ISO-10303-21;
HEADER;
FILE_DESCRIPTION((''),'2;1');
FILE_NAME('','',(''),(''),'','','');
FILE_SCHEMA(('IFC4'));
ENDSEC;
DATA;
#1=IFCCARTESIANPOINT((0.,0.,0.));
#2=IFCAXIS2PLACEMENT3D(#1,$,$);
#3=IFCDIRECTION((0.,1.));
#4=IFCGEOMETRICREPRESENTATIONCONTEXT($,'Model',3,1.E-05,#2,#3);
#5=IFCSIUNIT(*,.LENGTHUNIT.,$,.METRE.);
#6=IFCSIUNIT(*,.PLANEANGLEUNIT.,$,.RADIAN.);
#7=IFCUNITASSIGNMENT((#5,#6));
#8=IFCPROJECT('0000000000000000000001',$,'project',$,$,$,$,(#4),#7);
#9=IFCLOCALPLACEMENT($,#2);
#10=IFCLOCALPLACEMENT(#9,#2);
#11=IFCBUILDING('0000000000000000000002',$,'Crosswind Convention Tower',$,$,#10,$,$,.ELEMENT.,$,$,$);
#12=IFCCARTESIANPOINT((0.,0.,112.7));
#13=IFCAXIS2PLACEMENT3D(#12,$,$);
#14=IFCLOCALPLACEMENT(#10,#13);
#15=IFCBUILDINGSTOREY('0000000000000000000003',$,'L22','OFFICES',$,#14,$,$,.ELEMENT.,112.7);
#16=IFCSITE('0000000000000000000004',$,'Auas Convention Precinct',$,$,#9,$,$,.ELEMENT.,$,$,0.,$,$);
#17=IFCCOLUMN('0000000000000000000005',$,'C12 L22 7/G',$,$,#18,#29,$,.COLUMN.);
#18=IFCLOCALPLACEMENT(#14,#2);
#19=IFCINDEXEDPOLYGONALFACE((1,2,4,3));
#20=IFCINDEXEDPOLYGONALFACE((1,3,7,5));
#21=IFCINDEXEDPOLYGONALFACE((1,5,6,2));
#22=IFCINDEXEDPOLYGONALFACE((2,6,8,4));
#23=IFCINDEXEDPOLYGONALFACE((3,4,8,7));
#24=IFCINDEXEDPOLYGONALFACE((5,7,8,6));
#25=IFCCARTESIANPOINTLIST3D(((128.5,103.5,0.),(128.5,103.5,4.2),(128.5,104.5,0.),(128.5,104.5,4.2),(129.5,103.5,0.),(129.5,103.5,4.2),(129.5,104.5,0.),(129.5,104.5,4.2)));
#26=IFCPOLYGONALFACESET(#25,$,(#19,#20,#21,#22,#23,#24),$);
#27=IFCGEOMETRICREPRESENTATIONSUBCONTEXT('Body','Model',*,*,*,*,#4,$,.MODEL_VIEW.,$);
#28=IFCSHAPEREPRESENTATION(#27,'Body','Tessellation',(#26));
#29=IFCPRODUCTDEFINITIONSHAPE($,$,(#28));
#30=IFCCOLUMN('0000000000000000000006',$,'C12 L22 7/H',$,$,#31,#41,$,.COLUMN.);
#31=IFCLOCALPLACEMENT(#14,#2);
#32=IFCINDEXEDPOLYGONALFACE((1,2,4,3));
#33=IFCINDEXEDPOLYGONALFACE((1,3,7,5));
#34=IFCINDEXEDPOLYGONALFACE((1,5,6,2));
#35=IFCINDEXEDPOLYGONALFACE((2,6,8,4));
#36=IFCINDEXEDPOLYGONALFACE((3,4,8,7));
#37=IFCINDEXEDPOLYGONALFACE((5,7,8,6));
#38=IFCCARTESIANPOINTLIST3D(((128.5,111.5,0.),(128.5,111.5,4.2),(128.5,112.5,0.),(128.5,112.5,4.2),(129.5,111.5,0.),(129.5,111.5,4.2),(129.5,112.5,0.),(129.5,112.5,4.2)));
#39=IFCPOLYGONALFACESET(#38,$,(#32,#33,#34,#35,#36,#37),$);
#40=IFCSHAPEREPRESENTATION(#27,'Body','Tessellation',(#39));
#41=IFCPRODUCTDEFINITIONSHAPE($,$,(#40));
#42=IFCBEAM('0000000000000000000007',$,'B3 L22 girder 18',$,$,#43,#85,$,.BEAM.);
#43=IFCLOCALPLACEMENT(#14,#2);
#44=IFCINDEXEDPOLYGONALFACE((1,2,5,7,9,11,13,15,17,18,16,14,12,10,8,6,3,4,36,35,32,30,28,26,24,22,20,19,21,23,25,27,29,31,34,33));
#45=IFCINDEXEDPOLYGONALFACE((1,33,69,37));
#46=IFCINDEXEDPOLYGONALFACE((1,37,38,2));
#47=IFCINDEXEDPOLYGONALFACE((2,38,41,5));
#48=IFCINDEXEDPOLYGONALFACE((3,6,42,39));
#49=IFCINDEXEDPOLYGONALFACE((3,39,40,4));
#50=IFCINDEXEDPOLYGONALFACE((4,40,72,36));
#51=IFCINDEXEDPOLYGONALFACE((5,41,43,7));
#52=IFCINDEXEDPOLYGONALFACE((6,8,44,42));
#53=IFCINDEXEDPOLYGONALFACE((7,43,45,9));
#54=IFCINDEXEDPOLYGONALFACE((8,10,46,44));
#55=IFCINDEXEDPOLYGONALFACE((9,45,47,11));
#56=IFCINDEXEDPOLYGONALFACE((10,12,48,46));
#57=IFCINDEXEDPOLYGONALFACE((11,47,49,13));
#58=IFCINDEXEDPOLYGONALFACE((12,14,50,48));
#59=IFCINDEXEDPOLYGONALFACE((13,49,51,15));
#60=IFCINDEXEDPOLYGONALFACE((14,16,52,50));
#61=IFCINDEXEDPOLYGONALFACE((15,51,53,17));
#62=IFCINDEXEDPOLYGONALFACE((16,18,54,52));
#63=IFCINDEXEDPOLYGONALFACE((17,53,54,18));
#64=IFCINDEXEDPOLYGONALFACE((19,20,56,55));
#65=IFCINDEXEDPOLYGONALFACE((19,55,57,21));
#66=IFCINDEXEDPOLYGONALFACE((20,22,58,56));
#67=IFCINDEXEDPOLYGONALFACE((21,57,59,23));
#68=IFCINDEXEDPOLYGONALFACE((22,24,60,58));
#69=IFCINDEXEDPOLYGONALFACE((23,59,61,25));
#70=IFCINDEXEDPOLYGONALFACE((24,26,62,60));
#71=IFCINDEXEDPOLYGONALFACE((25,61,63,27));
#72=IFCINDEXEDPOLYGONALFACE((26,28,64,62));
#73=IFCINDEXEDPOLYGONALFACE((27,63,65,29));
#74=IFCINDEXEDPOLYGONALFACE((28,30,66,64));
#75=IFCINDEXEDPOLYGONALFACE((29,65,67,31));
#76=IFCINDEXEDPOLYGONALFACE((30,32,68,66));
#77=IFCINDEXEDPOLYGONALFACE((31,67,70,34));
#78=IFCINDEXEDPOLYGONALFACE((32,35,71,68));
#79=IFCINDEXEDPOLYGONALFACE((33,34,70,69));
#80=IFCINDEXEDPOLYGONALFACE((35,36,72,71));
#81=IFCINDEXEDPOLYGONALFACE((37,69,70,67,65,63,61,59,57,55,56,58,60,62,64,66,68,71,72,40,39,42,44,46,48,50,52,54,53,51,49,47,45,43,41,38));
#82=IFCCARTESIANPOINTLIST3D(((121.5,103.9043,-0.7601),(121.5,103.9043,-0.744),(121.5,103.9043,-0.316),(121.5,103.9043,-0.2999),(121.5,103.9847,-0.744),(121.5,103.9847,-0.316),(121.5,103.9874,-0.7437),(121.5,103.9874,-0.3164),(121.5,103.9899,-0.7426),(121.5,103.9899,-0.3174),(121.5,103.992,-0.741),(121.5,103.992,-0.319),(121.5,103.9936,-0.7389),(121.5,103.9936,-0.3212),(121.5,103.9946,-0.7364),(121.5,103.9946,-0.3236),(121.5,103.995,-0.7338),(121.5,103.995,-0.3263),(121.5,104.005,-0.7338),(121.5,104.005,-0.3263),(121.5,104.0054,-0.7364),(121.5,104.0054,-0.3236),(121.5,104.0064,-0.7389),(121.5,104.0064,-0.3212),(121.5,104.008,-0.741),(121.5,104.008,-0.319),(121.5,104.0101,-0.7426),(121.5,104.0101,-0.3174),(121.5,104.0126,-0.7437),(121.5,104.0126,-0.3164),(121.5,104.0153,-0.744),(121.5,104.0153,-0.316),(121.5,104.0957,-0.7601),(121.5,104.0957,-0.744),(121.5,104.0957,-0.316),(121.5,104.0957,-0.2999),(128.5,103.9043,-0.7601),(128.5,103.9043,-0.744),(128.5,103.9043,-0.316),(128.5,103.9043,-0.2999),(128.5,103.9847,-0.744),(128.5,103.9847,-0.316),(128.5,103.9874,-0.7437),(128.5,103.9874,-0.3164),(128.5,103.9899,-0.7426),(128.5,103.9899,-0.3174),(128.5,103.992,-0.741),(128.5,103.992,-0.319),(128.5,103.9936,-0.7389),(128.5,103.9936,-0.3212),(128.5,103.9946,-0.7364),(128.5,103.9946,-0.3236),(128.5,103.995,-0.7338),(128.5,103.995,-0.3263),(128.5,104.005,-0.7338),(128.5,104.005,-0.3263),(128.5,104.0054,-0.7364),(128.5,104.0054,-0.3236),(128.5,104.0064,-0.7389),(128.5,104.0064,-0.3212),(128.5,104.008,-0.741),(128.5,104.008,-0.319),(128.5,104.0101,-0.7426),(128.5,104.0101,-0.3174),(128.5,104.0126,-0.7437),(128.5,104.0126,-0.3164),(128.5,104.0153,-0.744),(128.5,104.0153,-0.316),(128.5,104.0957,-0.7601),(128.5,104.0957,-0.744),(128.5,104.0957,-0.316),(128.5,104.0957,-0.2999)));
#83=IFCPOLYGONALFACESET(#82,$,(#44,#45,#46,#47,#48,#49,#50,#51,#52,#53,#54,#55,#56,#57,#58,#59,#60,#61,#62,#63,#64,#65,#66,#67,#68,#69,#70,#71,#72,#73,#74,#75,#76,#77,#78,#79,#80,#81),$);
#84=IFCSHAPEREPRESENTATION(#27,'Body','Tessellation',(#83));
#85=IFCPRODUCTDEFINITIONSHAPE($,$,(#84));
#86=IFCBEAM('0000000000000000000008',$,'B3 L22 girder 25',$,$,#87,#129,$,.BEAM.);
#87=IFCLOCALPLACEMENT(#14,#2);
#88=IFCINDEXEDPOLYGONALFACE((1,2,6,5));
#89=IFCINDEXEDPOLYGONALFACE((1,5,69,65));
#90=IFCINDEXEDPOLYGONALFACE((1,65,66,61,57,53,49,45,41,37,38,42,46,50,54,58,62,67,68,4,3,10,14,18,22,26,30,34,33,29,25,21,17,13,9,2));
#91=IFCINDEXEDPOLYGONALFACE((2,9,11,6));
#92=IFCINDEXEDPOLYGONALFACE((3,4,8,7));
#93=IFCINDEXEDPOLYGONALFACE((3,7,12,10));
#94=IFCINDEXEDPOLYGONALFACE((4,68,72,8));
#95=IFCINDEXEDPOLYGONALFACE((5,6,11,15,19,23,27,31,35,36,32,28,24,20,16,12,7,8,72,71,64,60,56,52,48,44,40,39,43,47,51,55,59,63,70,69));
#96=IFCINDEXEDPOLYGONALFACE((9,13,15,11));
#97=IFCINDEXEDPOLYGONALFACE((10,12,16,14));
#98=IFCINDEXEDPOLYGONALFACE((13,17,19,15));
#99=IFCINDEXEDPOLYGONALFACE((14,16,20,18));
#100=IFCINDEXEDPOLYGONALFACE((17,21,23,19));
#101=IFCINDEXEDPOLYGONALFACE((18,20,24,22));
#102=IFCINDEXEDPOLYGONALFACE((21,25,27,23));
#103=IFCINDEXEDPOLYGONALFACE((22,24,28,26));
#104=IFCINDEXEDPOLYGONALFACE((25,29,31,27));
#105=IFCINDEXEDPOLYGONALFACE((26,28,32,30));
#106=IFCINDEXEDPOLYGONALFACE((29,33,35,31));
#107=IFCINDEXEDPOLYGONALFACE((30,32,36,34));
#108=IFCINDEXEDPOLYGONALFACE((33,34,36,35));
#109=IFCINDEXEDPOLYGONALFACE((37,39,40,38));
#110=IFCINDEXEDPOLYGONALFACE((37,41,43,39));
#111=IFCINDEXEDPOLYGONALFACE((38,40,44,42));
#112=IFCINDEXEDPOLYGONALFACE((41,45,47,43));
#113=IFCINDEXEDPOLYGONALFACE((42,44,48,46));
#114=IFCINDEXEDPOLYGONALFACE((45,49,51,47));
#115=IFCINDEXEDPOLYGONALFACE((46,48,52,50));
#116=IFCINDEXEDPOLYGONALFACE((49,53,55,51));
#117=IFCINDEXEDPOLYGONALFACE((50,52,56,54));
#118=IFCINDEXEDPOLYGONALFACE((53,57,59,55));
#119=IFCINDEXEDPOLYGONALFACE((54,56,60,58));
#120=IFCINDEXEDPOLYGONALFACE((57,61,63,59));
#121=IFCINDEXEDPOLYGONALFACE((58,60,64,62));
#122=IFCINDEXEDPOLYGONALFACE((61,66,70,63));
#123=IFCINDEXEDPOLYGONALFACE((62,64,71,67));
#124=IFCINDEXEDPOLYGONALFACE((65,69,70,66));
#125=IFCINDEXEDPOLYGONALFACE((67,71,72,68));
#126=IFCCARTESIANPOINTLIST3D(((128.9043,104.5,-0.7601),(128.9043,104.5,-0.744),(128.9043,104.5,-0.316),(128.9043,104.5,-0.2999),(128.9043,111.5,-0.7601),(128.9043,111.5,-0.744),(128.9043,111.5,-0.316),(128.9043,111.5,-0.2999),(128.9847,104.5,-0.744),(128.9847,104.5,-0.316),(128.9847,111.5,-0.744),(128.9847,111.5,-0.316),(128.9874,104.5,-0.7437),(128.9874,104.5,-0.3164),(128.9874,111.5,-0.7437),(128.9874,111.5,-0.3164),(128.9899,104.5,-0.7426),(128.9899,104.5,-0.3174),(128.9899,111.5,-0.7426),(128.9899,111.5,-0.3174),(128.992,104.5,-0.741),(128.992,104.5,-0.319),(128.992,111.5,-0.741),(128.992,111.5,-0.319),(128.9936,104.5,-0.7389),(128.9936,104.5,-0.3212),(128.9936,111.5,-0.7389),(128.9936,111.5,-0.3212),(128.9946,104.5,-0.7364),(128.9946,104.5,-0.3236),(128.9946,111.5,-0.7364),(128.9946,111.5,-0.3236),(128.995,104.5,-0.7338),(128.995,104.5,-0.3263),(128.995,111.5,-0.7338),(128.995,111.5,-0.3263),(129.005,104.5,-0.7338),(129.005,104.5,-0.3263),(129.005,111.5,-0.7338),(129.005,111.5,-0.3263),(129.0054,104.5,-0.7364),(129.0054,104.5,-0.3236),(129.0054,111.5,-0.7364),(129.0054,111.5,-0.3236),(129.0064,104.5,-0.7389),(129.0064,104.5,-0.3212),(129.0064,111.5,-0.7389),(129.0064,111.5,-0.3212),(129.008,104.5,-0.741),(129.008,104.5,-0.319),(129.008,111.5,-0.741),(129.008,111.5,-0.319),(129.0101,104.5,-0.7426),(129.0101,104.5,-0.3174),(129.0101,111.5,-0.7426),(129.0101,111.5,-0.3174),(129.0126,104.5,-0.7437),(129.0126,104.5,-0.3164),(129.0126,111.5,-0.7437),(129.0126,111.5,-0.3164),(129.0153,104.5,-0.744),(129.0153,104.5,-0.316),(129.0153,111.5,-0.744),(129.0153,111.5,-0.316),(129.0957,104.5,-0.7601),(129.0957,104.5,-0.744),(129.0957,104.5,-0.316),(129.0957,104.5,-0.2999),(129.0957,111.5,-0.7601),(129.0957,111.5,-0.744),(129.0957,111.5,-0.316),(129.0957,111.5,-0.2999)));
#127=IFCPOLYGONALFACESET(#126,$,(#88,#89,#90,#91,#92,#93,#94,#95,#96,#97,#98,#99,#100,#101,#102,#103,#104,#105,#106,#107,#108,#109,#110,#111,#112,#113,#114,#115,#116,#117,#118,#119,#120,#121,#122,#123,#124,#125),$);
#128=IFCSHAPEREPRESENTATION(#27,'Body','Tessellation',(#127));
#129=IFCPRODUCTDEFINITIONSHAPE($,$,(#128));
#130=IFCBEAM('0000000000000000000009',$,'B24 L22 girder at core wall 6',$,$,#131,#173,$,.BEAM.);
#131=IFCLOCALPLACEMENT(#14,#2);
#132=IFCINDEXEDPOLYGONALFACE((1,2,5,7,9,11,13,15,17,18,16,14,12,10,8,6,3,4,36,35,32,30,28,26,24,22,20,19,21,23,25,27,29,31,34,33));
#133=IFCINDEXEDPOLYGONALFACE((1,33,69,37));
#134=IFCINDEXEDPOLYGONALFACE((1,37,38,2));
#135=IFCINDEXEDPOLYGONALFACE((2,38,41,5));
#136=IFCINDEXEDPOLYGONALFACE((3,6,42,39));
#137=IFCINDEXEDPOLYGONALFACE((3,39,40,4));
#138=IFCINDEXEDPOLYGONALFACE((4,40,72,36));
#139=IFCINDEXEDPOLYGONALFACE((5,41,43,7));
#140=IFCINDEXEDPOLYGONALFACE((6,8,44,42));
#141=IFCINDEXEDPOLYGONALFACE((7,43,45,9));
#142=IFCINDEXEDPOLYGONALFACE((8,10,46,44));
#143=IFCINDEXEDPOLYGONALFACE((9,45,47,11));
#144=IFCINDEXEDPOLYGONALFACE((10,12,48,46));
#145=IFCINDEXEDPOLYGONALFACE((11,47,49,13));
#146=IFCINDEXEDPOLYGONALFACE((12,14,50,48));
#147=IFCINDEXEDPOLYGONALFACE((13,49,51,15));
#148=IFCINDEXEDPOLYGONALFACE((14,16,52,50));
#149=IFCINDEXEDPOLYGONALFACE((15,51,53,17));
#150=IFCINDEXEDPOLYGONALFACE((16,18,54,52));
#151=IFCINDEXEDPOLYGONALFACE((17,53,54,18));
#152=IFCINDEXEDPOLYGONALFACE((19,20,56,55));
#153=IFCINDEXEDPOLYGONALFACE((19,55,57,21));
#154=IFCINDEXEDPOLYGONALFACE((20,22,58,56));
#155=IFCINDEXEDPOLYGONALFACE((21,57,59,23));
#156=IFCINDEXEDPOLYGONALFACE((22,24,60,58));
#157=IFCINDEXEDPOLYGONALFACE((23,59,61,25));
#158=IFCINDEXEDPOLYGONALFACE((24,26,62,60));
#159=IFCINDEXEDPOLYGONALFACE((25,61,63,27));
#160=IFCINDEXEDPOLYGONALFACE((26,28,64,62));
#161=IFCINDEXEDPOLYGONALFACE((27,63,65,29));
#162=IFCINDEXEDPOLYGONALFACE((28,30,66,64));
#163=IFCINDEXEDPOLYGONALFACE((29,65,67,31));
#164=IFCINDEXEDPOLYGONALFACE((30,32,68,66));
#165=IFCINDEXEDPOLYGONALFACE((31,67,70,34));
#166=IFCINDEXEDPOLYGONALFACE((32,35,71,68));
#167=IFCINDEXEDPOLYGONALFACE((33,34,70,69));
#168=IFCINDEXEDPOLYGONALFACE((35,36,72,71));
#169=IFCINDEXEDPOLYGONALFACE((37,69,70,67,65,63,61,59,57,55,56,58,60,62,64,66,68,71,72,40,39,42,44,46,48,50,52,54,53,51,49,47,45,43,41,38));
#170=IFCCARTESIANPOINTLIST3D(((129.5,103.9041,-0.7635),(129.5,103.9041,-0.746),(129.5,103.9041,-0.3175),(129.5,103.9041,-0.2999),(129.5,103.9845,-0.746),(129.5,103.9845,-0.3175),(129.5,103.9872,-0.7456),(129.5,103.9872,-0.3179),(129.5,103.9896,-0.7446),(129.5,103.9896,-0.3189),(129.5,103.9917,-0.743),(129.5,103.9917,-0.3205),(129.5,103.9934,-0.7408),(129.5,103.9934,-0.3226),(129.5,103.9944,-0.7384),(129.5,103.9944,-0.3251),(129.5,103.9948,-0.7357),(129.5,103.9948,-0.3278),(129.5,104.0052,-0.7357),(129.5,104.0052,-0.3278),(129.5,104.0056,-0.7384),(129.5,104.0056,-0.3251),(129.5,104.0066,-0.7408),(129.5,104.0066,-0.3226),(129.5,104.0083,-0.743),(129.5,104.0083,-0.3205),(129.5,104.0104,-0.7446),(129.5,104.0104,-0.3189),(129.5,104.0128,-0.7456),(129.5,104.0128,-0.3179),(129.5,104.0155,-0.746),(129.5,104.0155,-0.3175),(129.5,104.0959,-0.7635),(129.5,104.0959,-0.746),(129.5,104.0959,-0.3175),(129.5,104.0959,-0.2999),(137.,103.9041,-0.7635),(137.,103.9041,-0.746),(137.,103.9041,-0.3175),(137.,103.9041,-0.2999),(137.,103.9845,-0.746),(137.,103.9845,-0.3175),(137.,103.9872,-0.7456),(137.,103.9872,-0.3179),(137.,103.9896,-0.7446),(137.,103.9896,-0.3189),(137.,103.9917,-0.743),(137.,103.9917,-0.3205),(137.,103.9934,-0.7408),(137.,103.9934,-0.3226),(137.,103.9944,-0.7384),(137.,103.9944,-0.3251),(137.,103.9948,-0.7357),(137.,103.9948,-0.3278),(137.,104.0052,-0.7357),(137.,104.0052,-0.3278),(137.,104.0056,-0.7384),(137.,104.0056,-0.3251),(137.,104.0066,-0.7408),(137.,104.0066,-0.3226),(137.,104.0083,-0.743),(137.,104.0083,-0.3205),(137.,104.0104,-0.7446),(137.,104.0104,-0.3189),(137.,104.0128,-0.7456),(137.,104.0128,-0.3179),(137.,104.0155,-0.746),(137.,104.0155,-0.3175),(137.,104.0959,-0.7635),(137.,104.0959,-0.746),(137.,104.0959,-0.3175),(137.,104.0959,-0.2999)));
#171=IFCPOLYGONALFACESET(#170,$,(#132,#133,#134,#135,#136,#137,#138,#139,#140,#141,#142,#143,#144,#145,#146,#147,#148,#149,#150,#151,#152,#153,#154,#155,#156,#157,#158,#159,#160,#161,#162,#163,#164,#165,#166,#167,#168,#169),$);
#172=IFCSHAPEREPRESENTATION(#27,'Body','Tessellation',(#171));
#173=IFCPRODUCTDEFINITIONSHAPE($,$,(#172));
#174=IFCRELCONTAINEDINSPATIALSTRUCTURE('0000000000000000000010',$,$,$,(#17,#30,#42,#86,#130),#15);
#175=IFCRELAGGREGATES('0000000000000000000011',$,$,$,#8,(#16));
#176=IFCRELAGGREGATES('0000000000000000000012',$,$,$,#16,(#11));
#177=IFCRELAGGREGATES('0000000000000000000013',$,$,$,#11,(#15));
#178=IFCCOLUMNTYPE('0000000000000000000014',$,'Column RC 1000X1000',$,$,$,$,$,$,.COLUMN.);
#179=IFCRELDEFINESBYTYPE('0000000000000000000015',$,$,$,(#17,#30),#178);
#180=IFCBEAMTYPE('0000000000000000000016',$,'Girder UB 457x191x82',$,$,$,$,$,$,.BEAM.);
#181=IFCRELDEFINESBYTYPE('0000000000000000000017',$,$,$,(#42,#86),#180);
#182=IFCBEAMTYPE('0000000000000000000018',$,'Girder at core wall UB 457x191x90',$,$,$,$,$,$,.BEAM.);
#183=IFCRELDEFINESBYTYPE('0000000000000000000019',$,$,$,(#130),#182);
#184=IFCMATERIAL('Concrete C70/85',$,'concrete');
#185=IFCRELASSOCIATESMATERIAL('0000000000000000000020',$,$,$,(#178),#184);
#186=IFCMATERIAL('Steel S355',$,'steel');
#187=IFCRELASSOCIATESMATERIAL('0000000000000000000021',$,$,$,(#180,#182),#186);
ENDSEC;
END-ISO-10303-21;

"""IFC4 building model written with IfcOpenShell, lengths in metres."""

from ifc_helpers import new_model, si_unit, direction, frame, origin, origin_2d, place, context, subcontext, project, spatial, rectangle, i_section, extrude, material, material_profile, profile_set, type_object, element, save


model = new_model("IFC4")

# Units and contexts
model_context = context("Model", 3, precision=1e-05, world=origin(), true_north=direction((0.0, 1.0)))
body_context = subcontext(model_context, "Body", "Model", "MODEL_VIEW")
ifc_project = project(units=[si_unit("LENGTHUNIT", "METRE"), si_unit("PLANEANGLEUNIT", "RADIAN")], contexts=[model_context])

# Site, building, storey
site_placement = place(None, origin())
site = spatial("IfcSite", under=ifc_project, at=site_placement, Name="Auas Convention Precinct", CompositionType="ELEMENT", RefElevation=0.0)
building_placement = place(site_placement, origin())
building = spatial("IfcBuilding", under=site, at=building_placement, Name="Crosswind Convention Tower", CompositionType="ELEMENT")
storey_placement = place(building_placement, frame((0.0, 0.0, 112.7)))
storey = spatial("IfcBuildingStorey", under=building, at=storey_placement, Name="L22", Description="OFFICES", CompositionType="ELEMENT", Elevation=112.7)

# Columns
ifc_material_1 = material(Name="Concrete C70/85", Category="concrete")
ifc_material_profile_1 = material_profile(ifc_material_1, rectangle(XDim=1.0, YDim=1.0, at=origin_2d()), Name="RC 1000X1000")
ifc_profile_set_1 = profile_set([ifc_material_profile_1], Name="Concrete C70/85")
column_type = type_object("IfcColumnType", Name="Column RC 1000X1000", PredefinedType="COLUMN", material=ifc_profile_set_1)
for number, where, z_axis, x_axis, name in (
    (1, (129.0, 104.0, 0.0), (0.0, 0.0, 1.0), (1.0, 0.0, 0.0), "C12 L22 7/G"),
    (2, (129.0, 112.0, 0.0), (0.0, 0.0, 1.0), (1.0, 0.0, 0.0), "C12 L22 7/H"),
):
    element("IfcColumn", number, at=place(storey_placement, frame(where, z_axis=z_axis, x_axis=x_axis)), inside=storey, type_object=column_type, Name=name, PredefinedType="COLUMN", context=body_context, shape_type="SweptSolid", body=[
        extrude(rectangle(XDim=1.0, YDim=1.0, at=origin_2d()), origin(), (0.0, 0.0, 1.0), 4.2),
    ])

# Beams
ifc_material_2 = material(Name="Steel S355", Category="steel")
ifc_material_profile_2 = material_profile(ifc_material_2, i_section(OverallWidth=0.1914, OverallDepth=0.4602, WebThickness=0.01, FlangeThickness=0.0161, FilletRadius=0.0103, at=origin_2d()), Name="UB 457x191x82")
ifc_profile_set_2 = profile_set([ifc_material_profile_2], Name="Steel S355")
beam_type_1 = type_object("IfcBeamType", Name="Girder UB 457x191x82", PredefinedType="BEAM", material=ifc_profile_set_2)
for number, where, z_axis, x_axis, name in (
    (3, (121.5, 104.0, -0.53), (1.0, 0.0, 0.0), (0.0, 1.0, 0.0), "B3 L22 girder 18"),
    (4, (129.0, 104.5, -0.53), (0.0, 1.0, 0.0), (-1.0, 0.0, 0.0), "B3 L22 girder 25"),
):
    element("IfcBeam", number, at=place(storey_placement, frame(where, z_axis=z_axis, x_axis=x_axis)), inside=storey, type_object=beam_type_1, Name=name, PredefinedType="BEAM", context=body_context, shape_type="SweptSolid", body=[
        extrude(i_section(OverallWidth=0.1914, OverallDepth=0.4602, WebThickness=0.01, FlangeThickness=0.0161, FilletRadius=0.0103, at=origin_2d()), origin(), (0.0, 0.0, 1.0), 7.0),
    ])
ifc_material_profile_3 = material_profile(ifc_material_2, i_section(OverallWidth=0.1919, OverallDepth=0.4636, WebThickness=0.0105, FlangeThickness=0.0176, FilletRadius=0.0103, at=origin_2d()), Name="UB 457x191x90")
ifc_profile_set_3 = profile_set([ifc_material_profile_3], Name="Steel S355")
beam_type_2 = type_object("IfcBeamType", Name="Girder at core wall UB 457x191x90", PredefinedType="BEAM", material=ifc_profile_set_3)
beam_placement = place(storey_placement, frame((129.5, 104.0, -0.5317), z_axis=(1.0, 0.0, 0.0), x_axis=(0.0, 1.0, 0.0)))
element("IfcBeam", 5, at=beam_placement, inside=storey, type_object=beam_type_2, Name="B24 L22 girder at core wall 6", PredefinedType="BEAM", context=body_context, shape_type="SweptSolid", body=[
    extrude(i_section(OverallWidth=0.1919, OverallDepth=0.4636, WebThickness=0.0105, FlangeThickness=0.0176, FilletRadius=0.0103, at=origin_2d()), origin(), (0.0, 0.0, 1.0), 7.5),
])

save(model, "model.ifc")
